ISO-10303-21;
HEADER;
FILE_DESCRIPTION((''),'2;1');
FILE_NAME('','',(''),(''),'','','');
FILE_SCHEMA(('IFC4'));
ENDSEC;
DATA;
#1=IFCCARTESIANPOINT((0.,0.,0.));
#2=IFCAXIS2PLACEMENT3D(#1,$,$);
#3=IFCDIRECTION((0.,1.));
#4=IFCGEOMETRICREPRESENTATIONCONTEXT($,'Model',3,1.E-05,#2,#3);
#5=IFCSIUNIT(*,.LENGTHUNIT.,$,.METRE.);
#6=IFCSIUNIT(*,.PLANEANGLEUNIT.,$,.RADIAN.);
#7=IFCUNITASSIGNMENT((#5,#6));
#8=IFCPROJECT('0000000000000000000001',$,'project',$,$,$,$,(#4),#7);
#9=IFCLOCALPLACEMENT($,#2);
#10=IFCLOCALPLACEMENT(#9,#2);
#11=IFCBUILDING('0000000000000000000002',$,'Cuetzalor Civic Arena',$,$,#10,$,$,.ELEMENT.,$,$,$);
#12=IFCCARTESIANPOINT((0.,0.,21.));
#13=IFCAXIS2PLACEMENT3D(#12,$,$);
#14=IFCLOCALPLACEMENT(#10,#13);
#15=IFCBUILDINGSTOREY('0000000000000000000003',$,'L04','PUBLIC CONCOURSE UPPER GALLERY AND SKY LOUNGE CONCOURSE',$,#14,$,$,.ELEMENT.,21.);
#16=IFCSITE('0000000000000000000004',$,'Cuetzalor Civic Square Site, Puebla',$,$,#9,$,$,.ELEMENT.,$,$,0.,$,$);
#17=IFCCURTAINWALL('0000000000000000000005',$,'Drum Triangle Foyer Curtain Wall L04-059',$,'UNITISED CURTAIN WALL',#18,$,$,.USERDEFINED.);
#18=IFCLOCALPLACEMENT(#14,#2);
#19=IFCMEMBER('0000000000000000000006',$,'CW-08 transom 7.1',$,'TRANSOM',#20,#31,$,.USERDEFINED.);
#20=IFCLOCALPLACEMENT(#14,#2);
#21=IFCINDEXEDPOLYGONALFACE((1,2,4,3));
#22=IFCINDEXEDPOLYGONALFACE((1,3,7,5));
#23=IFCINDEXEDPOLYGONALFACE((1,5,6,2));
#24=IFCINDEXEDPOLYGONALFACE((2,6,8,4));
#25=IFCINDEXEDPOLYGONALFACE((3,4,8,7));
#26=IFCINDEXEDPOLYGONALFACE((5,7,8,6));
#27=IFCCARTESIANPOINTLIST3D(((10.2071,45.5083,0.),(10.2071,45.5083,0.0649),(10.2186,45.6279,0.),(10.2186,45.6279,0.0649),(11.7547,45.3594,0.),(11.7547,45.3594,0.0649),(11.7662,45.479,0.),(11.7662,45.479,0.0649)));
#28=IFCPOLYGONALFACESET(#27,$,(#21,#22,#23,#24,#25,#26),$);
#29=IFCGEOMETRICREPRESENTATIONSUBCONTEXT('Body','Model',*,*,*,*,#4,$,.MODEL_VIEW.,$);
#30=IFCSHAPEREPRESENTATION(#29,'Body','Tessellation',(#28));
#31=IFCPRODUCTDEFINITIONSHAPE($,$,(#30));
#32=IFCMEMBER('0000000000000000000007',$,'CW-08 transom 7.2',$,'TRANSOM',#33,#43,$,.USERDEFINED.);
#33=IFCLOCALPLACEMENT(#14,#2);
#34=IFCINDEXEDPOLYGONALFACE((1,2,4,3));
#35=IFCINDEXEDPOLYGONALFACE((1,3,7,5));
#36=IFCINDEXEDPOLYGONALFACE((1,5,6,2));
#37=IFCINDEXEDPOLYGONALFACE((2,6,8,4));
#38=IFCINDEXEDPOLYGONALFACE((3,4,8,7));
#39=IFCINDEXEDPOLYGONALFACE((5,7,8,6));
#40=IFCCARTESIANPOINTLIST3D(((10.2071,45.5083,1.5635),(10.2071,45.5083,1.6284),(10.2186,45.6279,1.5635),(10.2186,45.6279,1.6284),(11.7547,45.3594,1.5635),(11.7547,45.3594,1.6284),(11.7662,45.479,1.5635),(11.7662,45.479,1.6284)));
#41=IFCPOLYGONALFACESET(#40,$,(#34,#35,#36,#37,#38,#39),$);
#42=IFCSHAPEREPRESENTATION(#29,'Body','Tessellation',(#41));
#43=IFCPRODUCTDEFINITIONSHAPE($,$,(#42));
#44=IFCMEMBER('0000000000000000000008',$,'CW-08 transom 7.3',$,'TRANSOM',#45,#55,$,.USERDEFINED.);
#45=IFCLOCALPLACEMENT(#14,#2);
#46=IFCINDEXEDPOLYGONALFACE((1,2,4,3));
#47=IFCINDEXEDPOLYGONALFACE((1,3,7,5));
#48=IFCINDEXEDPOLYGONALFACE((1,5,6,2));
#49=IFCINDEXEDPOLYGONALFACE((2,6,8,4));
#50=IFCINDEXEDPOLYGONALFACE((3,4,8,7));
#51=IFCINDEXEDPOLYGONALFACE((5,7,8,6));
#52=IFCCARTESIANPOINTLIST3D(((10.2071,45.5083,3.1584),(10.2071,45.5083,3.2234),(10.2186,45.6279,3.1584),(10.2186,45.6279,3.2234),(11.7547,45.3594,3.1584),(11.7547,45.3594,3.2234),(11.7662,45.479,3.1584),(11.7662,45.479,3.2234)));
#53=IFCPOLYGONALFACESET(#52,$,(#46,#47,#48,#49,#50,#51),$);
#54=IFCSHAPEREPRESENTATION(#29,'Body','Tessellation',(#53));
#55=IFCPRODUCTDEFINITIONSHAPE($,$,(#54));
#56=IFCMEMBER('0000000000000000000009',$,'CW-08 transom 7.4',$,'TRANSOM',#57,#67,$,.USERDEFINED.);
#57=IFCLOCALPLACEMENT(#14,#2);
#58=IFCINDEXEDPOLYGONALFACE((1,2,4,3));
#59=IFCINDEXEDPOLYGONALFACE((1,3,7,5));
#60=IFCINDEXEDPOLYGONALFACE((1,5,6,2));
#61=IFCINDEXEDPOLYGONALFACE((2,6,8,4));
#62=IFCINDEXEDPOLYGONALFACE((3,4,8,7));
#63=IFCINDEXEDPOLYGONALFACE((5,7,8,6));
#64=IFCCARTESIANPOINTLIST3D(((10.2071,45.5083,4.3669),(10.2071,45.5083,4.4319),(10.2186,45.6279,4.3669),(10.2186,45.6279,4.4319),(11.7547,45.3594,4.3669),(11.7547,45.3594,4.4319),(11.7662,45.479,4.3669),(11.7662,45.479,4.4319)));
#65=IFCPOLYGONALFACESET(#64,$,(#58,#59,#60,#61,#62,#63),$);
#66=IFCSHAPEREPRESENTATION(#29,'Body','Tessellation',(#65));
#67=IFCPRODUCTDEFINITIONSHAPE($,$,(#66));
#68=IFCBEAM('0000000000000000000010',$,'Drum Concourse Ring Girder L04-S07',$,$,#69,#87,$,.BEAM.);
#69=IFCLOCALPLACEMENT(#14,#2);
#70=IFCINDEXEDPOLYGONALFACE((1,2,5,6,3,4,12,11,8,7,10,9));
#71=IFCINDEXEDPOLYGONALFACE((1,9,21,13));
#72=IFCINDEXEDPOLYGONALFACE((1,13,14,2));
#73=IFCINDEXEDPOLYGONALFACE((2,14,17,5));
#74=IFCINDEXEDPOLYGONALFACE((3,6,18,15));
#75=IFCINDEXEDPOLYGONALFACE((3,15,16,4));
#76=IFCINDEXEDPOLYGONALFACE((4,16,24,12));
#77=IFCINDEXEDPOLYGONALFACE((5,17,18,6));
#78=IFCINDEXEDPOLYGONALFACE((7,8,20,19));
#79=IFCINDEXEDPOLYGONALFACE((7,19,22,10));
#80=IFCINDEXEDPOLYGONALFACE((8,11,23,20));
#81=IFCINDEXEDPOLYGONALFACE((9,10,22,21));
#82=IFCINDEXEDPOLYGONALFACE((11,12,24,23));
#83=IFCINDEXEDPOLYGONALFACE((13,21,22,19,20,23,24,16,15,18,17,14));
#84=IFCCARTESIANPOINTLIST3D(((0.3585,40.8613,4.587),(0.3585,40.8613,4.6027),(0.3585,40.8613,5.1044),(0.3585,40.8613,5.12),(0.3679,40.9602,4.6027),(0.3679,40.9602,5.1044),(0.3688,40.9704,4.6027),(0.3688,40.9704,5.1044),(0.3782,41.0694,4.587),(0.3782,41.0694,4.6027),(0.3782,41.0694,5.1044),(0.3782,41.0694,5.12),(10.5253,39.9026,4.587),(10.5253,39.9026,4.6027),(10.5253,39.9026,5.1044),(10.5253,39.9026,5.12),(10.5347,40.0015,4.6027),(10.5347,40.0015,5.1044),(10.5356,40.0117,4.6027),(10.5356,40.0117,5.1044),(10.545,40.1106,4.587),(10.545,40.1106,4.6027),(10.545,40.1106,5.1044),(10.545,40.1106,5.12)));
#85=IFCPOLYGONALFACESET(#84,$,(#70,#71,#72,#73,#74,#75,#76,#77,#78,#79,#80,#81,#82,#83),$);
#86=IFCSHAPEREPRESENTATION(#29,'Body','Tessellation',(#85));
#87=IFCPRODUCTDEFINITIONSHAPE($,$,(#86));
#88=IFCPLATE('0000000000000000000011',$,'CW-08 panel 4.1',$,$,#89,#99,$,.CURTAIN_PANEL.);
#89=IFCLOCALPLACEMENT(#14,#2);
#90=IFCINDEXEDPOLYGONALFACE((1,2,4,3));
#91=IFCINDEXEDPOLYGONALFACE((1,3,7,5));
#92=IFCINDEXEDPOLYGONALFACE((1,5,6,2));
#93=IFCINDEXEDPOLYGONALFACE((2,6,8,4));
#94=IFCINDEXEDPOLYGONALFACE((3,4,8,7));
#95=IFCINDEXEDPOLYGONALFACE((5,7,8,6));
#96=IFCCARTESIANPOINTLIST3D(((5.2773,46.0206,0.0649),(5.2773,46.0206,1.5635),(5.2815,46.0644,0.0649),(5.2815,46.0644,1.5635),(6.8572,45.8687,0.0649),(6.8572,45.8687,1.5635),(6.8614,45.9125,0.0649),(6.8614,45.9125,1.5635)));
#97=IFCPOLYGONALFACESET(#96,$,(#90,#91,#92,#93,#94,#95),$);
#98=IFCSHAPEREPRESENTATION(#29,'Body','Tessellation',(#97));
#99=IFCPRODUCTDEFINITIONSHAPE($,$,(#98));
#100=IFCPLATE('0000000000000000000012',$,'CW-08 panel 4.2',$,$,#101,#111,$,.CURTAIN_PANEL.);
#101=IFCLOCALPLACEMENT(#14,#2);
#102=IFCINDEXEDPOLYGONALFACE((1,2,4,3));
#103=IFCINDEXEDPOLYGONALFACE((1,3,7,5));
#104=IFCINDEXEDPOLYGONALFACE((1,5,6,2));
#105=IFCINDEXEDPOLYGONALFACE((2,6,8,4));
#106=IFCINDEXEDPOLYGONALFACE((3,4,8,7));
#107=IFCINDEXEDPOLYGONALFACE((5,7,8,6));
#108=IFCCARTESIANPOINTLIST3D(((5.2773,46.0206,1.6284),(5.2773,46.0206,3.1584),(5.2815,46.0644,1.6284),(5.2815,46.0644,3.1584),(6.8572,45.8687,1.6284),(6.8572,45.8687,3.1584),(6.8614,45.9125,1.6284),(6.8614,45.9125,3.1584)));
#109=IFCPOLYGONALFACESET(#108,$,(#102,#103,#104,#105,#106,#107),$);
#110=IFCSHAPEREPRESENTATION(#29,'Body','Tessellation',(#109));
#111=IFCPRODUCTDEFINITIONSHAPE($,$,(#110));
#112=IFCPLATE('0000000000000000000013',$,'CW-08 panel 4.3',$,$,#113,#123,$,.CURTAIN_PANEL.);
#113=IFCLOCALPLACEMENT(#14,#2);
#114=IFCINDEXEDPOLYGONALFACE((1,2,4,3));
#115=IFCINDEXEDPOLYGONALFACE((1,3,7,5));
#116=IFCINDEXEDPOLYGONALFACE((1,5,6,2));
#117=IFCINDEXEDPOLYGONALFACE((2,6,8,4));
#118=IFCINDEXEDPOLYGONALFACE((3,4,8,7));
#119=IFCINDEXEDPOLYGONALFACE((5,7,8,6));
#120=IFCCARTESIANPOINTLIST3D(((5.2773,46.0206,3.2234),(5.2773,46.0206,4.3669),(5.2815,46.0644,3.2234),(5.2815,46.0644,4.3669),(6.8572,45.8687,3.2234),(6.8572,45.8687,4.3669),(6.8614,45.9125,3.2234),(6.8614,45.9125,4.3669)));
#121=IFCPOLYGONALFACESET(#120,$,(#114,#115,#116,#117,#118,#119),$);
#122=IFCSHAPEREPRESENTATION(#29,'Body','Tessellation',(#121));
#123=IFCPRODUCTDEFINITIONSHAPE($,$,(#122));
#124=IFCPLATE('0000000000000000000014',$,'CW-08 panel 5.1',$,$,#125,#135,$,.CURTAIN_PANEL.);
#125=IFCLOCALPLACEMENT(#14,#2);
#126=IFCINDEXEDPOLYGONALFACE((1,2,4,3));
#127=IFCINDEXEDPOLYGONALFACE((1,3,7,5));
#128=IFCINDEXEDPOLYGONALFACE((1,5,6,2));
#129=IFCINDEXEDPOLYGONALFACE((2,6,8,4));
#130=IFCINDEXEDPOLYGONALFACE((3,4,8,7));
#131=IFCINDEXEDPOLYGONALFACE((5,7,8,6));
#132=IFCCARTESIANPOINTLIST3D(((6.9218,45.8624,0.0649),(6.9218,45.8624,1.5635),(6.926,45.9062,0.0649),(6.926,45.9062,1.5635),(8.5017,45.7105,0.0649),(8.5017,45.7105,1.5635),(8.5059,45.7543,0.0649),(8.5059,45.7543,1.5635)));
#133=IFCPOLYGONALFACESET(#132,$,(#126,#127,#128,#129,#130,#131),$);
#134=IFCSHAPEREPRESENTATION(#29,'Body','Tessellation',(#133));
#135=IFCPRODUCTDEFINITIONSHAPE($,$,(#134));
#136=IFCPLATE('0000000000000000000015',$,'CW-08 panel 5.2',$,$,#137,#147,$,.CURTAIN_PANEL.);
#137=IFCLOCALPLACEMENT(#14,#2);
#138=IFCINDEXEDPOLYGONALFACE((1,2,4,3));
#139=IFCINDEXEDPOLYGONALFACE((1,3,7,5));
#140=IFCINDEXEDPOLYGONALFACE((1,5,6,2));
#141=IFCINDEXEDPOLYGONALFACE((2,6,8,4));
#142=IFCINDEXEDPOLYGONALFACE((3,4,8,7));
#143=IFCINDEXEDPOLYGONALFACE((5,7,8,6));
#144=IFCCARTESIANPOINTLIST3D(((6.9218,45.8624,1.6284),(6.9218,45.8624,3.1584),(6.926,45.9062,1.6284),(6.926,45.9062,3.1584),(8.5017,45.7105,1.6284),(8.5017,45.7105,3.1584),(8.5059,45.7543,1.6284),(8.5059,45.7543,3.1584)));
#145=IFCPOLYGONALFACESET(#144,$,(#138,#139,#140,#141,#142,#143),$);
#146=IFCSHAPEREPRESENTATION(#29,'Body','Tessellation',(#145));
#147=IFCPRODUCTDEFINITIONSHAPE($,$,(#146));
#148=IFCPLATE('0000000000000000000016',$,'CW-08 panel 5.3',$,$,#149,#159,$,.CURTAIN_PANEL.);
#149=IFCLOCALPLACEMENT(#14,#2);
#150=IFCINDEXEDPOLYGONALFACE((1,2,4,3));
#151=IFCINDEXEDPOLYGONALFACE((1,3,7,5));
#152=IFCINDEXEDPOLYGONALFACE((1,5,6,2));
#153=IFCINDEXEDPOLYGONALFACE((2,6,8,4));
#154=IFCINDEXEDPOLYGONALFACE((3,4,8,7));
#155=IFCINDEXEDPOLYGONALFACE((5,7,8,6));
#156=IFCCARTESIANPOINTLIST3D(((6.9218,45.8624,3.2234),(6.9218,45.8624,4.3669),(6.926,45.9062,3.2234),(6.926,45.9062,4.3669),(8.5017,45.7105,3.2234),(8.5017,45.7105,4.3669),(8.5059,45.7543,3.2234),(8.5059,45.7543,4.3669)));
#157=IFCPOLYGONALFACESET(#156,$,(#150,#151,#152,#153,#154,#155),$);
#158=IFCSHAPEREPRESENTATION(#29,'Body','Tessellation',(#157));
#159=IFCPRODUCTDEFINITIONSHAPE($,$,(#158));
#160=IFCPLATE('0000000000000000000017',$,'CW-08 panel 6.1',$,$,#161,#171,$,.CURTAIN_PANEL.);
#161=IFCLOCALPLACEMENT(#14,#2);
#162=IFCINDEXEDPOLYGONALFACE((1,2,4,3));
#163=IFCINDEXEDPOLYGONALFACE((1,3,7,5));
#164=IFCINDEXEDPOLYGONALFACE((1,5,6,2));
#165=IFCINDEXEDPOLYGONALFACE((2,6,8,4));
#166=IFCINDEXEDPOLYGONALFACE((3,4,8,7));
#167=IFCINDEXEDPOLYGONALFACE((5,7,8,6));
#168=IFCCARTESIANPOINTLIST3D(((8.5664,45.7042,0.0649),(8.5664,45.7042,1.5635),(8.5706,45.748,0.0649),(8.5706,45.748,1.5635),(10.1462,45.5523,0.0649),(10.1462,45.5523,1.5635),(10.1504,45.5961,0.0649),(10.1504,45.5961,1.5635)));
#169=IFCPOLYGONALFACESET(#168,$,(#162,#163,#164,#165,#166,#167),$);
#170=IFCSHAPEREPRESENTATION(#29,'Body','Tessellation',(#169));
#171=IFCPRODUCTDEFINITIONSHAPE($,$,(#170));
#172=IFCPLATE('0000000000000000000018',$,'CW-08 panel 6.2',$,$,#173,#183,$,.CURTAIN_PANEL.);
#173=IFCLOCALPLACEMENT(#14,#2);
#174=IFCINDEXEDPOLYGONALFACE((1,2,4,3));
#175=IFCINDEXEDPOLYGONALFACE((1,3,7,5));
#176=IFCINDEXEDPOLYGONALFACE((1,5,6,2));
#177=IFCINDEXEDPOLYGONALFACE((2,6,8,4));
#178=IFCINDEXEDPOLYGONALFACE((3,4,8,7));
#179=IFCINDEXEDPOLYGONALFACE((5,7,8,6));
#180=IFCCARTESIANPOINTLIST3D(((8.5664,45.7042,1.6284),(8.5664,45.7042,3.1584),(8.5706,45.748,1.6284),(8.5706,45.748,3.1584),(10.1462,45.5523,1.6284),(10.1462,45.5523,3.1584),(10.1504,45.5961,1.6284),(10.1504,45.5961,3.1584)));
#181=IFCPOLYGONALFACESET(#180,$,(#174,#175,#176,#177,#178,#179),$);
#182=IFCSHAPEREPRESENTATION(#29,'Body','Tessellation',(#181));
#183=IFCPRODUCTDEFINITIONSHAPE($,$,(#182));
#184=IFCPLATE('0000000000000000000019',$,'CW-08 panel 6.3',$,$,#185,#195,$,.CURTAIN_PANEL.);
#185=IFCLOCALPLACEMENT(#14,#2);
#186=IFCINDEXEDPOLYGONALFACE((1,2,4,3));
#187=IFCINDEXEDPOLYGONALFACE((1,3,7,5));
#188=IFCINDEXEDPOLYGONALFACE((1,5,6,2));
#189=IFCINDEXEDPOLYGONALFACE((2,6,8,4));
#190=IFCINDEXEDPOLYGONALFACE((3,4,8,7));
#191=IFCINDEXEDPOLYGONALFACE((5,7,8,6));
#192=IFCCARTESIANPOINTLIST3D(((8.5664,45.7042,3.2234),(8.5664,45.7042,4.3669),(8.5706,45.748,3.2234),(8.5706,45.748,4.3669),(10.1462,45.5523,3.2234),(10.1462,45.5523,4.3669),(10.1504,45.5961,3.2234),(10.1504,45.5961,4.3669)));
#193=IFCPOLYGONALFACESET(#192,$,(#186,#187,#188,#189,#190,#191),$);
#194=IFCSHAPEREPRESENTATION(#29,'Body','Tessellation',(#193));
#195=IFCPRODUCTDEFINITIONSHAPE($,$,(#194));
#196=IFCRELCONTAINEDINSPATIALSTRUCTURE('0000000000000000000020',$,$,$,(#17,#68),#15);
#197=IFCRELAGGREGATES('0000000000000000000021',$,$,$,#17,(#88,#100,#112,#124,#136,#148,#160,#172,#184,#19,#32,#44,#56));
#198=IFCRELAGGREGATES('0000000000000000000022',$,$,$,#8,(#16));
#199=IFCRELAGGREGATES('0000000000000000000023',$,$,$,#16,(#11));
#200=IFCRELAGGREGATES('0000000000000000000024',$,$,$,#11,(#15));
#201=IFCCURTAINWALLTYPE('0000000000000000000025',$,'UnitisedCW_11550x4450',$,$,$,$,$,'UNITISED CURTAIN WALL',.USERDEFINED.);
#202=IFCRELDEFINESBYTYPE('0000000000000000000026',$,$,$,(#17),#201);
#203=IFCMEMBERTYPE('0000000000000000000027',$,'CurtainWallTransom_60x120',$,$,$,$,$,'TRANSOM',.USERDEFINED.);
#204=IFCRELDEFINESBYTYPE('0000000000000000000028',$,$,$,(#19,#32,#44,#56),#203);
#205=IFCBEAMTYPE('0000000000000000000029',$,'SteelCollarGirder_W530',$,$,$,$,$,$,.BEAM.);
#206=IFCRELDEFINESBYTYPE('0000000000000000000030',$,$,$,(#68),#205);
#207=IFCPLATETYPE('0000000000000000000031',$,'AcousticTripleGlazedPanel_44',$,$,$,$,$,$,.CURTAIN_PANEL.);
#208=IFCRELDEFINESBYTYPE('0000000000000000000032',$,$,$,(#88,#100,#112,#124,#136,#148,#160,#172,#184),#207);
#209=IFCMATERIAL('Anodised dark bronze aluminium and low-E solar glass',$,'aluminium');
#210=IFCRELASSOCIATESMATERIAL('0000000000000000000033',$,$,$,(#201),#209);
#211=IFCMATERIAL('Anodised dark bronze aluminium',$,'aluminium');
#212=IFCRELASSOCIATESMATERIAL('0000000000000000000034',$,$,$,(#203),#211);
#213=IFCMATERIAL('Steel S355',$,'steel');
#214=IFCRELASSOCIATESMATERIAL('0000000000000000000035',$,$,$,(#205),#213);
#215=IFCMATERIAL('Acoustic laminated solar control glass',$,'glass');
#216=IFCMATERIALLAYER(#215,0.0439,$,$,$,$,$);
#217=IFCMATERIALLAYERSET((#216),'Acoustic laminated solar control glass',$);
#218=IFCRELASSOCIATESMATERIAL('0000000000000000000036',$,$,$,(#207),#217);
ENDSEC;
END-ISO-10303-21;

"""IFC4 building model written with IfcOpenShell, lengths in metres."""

from ifc_helpers import new_model, si_unit, direction, frame, origin, origin_2d, place, context, subcontext, project, spatial, rectangle, i_section, extrude, material, layer, layer_set, material_profile, profile_set, type_object, element, aggregate, save


model = new_model("IFC4")

# Units and contexts
model_context = context("Model", 3, precision=1e-05, world=origin(), true_north=direction((0.0, 1.0)))
body_context = subcontext(model_context, "Body", "Model", "MODEL_VIEW")
ifc_project = project(units=[si_unit("LENGTHUNIT", "METRE"), si_unit("PLANEANGLEUNIT", "RADIAN")], contexts=[model_context])

# Site, building, storey
site_placement = place(None, origin())
site = spatial("IfcSite", under=ifc_project, at=site_placement, Name="Cuetzalor Civic Square Site, Puebla", CompositionType="ELEMENT", RefElevation=0.0)
building_placement = place(site_placement, origin())
building = spatial("IfcBuilding", under=site, at=building_placement, Name="Cuetzalor Civic Arena", CompositionType="ELEMENT")
storey_placement = place(building_placement, frame((0.0, 0.0, 21.0)))
storey = spatial("IfcBuildingStorey", under=building, at=storey_placement, Name="L04", Description="PUBLIC CONCOURSE UPPER GALLERY AND SKY LOUNGE CONCOURSE", CompositionType="ELEMENT", Elevation=21.0)

# Curtain wall, members
ifc_material_1 = material(Name="Anodised dark bronze aluminium and low-E solar glass", Category="aluminium")
curtain_wall_type = type_object("IfcCurtainWallType", Name="UnitisedCW_11550x4450", ElementType="UNITISED CURTAIN WALL", PredefinedType="USERDEFINED", material=ifc_material_1)
curtain_wall_placement = place(storey_placement, origin())
curtain_wall = element("IfcCurtainWall", 1, at=curtain_wall_placement, inside=storey, type_object=curtain_wall_type, Name="Drum Triangle Foyer Curtain Wall L04-059", ObjectType="UNITISED CURTAIN WALL", PredefinedType="USERDEFINED")
ifc_material_2 = material(Name="Anodised dark bronze aluminium", Category="aluminium")
ifc_material_profile_1 = material_profile(ifc_material_2, rectangle(XDim=0.1201, YDim=0.0649, at=origin_2d()), Name="ALU TRANSOM 65x120")
ifc_profile_set_1 = profile_set([ifc_material_profile_1], Name="Anodised dark bronze aluminium")
member_type_1 = type_object("IfcMemberType", Name="CurtainWallTransom_60x120", ElementType="TRANSOM", PredefinedType="USERDEFINED", material=ifc_profile_set_1)
member_1_placement = place(storey_placement, frame((10.2129, 45.5681, 0.0325), z_axis=(0.995402, -0.095787, 0.0), x_axis=(0.095787, 0.995402, 0.0)))
member_1 = element("IfcMember", 2, at=member_1_placement, type_object=member_type_1, Name="CW-08 transom 7.1", ObjectType="TRANSOM", PredefinedType="USERDEFINED", context=body_context, shape_type="SweptSolid", body=[
    extrude(rectangle(XDim=0.1201, YDim=0.0649, at=origin_2d()), origin(), (0.0, 0.0, 1.0), 1.5547),
])
member_2_placement = place(storey_placement, frame((10.2129, 45.5681, 1.5959), z_axis=(0.995402, -0.095787, 0.0), x_axis=(0.095787, 0.995402, 0.0)))
member_2 = element("IfcMember", 3, at=member_2_placement, type_object=member_type_1, Name="CW-08 transom 7.2", ObjectType="TRANSOM", PredefinedType="USERDEFINED", context=body_context, shape_type="SweptSolid", body=[
    extrude(rectangle(XDim=0.1201, YDim=0.0649, at=origin_2d()), origin(), (0.0, 0.0, 1.0), 1.5547),
])
member_3_placement = place(storey_placement, frame((10.2129, 45.5681, 3.1909), z_axis=(0.995402, -0.095787, 0.0), x_axis=(0.095787, 0.995402, 0.0)))
member_3 = element("IfcMember", 4, at=member_3_placement, type_object=member_type_1, Name="CW-08 transom 7.3", ObjectType="TRANSOM", PredefinedType="USERDEFINED", context=body_context, shape_type="SweptSolid", body=[
    extrude(rectangle(XDim=0.1201, YDim=0.0649, at=origin_2d()), origin(), (0.0, 0.0, 1.0), 1.5547),
])
member_4_placement = place(storey_placement, frame((10.2129, 45.5681, 4.3994), z_axis=(0.995402, -0.095787, 0.0), x_axis=(0.095787, 0.995402, 0.0)))
member_4 = element("IfcMember", 5, at=member_4_placement, type_object=member_type_1, Name="CW-08 transom 7.4", ObjectType="TRANSOM", PredefinedType="USERDEFINED", context=body_context, shape_type="SweptSolid", body=[
    extrude(rectangle(XDim=0.1201, YDim=0.0649, at=origin_2d()), origin(), (0.0, 0.0, 1.0), 1.5547),
])

# Beam
ifc_material_3 = material(Name="Steel S355", Category="steel")
ifc_material_profile_2 = material_profile(ifc_material_3, i_section(OverallWidth=0.209, OverallDepth=0.533, WebThickness=0.0103, FlangeThickness=0.0156, at=origin_2d()), Name="W530x92")
ifc_profile_set_2 = profile_set([ifc_material_profile_2], Name="Steel S355")
beam_type = type_object("IfcBeamType", Name="SteelCollarGirder_W530", PredefinedType="BEAM", material=ifc_profile_set_2)
beam_placement = place(storey_placement, frame((10.5352, 40.0066, 4.8535), z_axis=(-0.995583, 0.093885, 0.0), x_axis=(-0.093885, -0.995583, 0.0)))
element("IfcBeam", 6, at=beam_placement, inside=storey, type_object=beam_type, Name="Drum Concourse Ring Girder L04-S07", PredefinedType="BEAM", context=body_context, shape_type="SweptSolid", body=[
    extrude(i_section(OverallWidth=0.209, OverallDepth=0.533, WebThickness=0.0103, FlangeThickness=0.0156, at=origin_2d()), origin(), (0.0, 0.0, 1.0), 10.2119),
])

# Plates
ifc_material_4 = material(Name="Acoustic laminated solar control glass", Category="glass")
ifc_layer = layer(ifc_material_4, 0.0439)
ifc_layer_set = layer_set([ifc_layer], Name="Acoustic laminated solar control glass")
plate_type = type_object("IfcPlateType", Name="AcousticTripleGlazedPanel_44", PredefinedType="CURTAIN_PANEL", material=ifc_layer_set)
plate_1_placement = place(storey_placement, frame((6.0693, 45.9666, 0.0649), z_axis=(0.0, 0.0, 1.0), x_axis=(0.995409, -0.095711, 0.0)))
plate_1 = element("IfcPlate", 7, at=plate_1_placement, type_object=plate_type, Name="CW-08 panel 4.1", PredefinedType="CURTAIN_PANEL", context=body_context, shape_type="SweptSolid", body=[
    extrude(rectangle(XDim=1.5872, YDim=0.0439, at=origin_2d()), origin(), (0.0, 0.0, 1.0), 1.4985),
])
plate_2_placement = place(storey_placement, frame((6.0693, 45.9666, 1.6284), z_axis=(0.0, 0.0, 1.0), x_axis=(0.995409, -0.095711, 0.0)))
plate_2 = element("IfcPlate", 8, at=plate_2_placement, type_object=plate_type, Name="CW-08 panel 4.2", PredefinedType="CURTAIN_PANEL", context=body_context, shape_type="SweptSolid", body=[
    extrude(rectangle(XDim=1.5872, YDim=0.0439, at=origin_2d()), origin(), (0.0, 0.0, 1.0), 1.53),
])
plate_3_placement = place(storey_placement, frame((6.0693, 45.9666, 3.2234), z_axis=(0.0, 0.0, 1.0), x_axis=(0.995409, -0.095711, 0.0)))
plate_3 = element("IfcPlate", 9, at=plate_3_placement, type_object=plate_type, Name="CW-08 panel 4.3", PredefinedType="CURTAIN_PANEL", context=body_context, shape_type="SweptSolid", body=[
    extrude(rectangle(XDim=1.5872, YDim=0.0439, at=origin_2d()), origin(), (0.0, 0.0, 1.0), 1.1436),
])
plate_4_placement = place(storey_placement, frame((7.7139, 45.8083, 0.0649), z_axis=(0.0, 0.0, 1.0), x_axis=(0.995409, -0.095711, 0.0)))
plate_4 = element("IfcPlate", 10, at=plate_4_placement, type_object=plate_type, Name="CW-08 panel 5.1", PredefinedType="CURTAIN_PANEL", context=body_context, shape_type="SweptSolid", body=[
    extrude(rectangle(XDim=1.5872, YDim=0.0439, at=origin_2d()), origin(), (0.0, 0.0, 1.0), 1.4985),
])
plate_5_placement = place(storey_placement, frame((7.7139, 45.8083, 1.6284), z_axis=(0.0, 0.0, 1.0), x_axis=(0.995409, -0.095711, 0.0)))
plate_5 = element("IfcPlate", 11, at=plate_5_placement, type_object=plate_type, Name="CW-08 panel 5.2", PredefinedType="CURTAIN_PANEL", context=body_context, shape_type="SweptSolid", body=[
    extrude(rectangle(XDim=1.5872, YDim=0.0439, at=origin_2d()), origin(), (0.0, 0.0, 1.0), 1.53),
])
plate_6_placement = place(storey_placement, frame((7.7139, 45.8083, 3.2234), z_axis=(0.0, 0.0, 1.0), x_axis=(0.995409, -0.095711, 0.0)))
plate_6 = element("IfcPlate", 12, at=plate_6_placement, type_object=plate_type, Name="CW-08 panel 5.3", PredefinedType="CURTAIN_PANEL", context=body_context, shape_type="SweptSolid", body=[
    extrude(rectangle(XDim=1.5872, YDim=0.0439, at=origin_2d()), origin(), (0.0, 0.0, 1.0), 1.1436),
])
plate_7_placement = place(storey_placement, frame((9.3584, 45.6501, 0.0649), z_axis=(0.0, 0.0, 1.0), x_axis=(0.995409, -0.095711, 0.0)))
plate_7 = element("IfcPlate", 13, at=plate_7_placement, type_object=plate_type, Name="CW-08 panel 6.1", PredefinedType="CURTAIN_PANEL", context=body_context, shape_type="SweptSolid", body=[
    extrude(rectangle(XDim=1.5872, YDim=0.0439, at=origin_2d()), origin(), (0.0, 0.0, 1.0), 1.4985),
])
plate_8_placement = place(storey_placement, frame((9.3584, 45.6501, 1.6284), z_axis=(0.0, 0.0, 1.0), x_axis=(0.995409, -0.095711, 0.0)))
plate_8 = element("IfcPlate", 14, at=plate_8_placement, type_object=plate_type, Name="CW-08 panel 6.2", PredefinedType="CURTAIN_PANEL", context=body_context, shape_type="SweptSolid", body=[
    extrude(rectangle(XDim=1.5872, YDim=0.0439, at=origin_2d()), origin(), (0.0, 0.0, 1.0), 1.53),
])
plate_9_placement = place(storey_placement, frame((9.3584, 45.6501, 3.2234), z_axis=(0.0, 0.0, 1.0), x_axis=(0.995409, -0.095711, 0.0)))
plate_9 = element("IfcPlate", 15, at=plate_9_placement, type_object=plate_type, Name="CW-08 panel 6.3", PredefinedType="CURTAIN_PANEL", context=body_context, shape_type="SweptSolid", body=[
    extrude(rectangle(XDim=1.5872, YDim=0.0439, at=origin_2d()), origin(), (0.0, 0.0, 1.0), 1.1436),
])
aggregate(curtain_wall, [plate_1, plate_2, plate_3, plate_4, plate_5, plate_6, plate_7, plate_8, plate_9, member_1, member_2, member_3, member_4])

save(model, "model.ifc")
